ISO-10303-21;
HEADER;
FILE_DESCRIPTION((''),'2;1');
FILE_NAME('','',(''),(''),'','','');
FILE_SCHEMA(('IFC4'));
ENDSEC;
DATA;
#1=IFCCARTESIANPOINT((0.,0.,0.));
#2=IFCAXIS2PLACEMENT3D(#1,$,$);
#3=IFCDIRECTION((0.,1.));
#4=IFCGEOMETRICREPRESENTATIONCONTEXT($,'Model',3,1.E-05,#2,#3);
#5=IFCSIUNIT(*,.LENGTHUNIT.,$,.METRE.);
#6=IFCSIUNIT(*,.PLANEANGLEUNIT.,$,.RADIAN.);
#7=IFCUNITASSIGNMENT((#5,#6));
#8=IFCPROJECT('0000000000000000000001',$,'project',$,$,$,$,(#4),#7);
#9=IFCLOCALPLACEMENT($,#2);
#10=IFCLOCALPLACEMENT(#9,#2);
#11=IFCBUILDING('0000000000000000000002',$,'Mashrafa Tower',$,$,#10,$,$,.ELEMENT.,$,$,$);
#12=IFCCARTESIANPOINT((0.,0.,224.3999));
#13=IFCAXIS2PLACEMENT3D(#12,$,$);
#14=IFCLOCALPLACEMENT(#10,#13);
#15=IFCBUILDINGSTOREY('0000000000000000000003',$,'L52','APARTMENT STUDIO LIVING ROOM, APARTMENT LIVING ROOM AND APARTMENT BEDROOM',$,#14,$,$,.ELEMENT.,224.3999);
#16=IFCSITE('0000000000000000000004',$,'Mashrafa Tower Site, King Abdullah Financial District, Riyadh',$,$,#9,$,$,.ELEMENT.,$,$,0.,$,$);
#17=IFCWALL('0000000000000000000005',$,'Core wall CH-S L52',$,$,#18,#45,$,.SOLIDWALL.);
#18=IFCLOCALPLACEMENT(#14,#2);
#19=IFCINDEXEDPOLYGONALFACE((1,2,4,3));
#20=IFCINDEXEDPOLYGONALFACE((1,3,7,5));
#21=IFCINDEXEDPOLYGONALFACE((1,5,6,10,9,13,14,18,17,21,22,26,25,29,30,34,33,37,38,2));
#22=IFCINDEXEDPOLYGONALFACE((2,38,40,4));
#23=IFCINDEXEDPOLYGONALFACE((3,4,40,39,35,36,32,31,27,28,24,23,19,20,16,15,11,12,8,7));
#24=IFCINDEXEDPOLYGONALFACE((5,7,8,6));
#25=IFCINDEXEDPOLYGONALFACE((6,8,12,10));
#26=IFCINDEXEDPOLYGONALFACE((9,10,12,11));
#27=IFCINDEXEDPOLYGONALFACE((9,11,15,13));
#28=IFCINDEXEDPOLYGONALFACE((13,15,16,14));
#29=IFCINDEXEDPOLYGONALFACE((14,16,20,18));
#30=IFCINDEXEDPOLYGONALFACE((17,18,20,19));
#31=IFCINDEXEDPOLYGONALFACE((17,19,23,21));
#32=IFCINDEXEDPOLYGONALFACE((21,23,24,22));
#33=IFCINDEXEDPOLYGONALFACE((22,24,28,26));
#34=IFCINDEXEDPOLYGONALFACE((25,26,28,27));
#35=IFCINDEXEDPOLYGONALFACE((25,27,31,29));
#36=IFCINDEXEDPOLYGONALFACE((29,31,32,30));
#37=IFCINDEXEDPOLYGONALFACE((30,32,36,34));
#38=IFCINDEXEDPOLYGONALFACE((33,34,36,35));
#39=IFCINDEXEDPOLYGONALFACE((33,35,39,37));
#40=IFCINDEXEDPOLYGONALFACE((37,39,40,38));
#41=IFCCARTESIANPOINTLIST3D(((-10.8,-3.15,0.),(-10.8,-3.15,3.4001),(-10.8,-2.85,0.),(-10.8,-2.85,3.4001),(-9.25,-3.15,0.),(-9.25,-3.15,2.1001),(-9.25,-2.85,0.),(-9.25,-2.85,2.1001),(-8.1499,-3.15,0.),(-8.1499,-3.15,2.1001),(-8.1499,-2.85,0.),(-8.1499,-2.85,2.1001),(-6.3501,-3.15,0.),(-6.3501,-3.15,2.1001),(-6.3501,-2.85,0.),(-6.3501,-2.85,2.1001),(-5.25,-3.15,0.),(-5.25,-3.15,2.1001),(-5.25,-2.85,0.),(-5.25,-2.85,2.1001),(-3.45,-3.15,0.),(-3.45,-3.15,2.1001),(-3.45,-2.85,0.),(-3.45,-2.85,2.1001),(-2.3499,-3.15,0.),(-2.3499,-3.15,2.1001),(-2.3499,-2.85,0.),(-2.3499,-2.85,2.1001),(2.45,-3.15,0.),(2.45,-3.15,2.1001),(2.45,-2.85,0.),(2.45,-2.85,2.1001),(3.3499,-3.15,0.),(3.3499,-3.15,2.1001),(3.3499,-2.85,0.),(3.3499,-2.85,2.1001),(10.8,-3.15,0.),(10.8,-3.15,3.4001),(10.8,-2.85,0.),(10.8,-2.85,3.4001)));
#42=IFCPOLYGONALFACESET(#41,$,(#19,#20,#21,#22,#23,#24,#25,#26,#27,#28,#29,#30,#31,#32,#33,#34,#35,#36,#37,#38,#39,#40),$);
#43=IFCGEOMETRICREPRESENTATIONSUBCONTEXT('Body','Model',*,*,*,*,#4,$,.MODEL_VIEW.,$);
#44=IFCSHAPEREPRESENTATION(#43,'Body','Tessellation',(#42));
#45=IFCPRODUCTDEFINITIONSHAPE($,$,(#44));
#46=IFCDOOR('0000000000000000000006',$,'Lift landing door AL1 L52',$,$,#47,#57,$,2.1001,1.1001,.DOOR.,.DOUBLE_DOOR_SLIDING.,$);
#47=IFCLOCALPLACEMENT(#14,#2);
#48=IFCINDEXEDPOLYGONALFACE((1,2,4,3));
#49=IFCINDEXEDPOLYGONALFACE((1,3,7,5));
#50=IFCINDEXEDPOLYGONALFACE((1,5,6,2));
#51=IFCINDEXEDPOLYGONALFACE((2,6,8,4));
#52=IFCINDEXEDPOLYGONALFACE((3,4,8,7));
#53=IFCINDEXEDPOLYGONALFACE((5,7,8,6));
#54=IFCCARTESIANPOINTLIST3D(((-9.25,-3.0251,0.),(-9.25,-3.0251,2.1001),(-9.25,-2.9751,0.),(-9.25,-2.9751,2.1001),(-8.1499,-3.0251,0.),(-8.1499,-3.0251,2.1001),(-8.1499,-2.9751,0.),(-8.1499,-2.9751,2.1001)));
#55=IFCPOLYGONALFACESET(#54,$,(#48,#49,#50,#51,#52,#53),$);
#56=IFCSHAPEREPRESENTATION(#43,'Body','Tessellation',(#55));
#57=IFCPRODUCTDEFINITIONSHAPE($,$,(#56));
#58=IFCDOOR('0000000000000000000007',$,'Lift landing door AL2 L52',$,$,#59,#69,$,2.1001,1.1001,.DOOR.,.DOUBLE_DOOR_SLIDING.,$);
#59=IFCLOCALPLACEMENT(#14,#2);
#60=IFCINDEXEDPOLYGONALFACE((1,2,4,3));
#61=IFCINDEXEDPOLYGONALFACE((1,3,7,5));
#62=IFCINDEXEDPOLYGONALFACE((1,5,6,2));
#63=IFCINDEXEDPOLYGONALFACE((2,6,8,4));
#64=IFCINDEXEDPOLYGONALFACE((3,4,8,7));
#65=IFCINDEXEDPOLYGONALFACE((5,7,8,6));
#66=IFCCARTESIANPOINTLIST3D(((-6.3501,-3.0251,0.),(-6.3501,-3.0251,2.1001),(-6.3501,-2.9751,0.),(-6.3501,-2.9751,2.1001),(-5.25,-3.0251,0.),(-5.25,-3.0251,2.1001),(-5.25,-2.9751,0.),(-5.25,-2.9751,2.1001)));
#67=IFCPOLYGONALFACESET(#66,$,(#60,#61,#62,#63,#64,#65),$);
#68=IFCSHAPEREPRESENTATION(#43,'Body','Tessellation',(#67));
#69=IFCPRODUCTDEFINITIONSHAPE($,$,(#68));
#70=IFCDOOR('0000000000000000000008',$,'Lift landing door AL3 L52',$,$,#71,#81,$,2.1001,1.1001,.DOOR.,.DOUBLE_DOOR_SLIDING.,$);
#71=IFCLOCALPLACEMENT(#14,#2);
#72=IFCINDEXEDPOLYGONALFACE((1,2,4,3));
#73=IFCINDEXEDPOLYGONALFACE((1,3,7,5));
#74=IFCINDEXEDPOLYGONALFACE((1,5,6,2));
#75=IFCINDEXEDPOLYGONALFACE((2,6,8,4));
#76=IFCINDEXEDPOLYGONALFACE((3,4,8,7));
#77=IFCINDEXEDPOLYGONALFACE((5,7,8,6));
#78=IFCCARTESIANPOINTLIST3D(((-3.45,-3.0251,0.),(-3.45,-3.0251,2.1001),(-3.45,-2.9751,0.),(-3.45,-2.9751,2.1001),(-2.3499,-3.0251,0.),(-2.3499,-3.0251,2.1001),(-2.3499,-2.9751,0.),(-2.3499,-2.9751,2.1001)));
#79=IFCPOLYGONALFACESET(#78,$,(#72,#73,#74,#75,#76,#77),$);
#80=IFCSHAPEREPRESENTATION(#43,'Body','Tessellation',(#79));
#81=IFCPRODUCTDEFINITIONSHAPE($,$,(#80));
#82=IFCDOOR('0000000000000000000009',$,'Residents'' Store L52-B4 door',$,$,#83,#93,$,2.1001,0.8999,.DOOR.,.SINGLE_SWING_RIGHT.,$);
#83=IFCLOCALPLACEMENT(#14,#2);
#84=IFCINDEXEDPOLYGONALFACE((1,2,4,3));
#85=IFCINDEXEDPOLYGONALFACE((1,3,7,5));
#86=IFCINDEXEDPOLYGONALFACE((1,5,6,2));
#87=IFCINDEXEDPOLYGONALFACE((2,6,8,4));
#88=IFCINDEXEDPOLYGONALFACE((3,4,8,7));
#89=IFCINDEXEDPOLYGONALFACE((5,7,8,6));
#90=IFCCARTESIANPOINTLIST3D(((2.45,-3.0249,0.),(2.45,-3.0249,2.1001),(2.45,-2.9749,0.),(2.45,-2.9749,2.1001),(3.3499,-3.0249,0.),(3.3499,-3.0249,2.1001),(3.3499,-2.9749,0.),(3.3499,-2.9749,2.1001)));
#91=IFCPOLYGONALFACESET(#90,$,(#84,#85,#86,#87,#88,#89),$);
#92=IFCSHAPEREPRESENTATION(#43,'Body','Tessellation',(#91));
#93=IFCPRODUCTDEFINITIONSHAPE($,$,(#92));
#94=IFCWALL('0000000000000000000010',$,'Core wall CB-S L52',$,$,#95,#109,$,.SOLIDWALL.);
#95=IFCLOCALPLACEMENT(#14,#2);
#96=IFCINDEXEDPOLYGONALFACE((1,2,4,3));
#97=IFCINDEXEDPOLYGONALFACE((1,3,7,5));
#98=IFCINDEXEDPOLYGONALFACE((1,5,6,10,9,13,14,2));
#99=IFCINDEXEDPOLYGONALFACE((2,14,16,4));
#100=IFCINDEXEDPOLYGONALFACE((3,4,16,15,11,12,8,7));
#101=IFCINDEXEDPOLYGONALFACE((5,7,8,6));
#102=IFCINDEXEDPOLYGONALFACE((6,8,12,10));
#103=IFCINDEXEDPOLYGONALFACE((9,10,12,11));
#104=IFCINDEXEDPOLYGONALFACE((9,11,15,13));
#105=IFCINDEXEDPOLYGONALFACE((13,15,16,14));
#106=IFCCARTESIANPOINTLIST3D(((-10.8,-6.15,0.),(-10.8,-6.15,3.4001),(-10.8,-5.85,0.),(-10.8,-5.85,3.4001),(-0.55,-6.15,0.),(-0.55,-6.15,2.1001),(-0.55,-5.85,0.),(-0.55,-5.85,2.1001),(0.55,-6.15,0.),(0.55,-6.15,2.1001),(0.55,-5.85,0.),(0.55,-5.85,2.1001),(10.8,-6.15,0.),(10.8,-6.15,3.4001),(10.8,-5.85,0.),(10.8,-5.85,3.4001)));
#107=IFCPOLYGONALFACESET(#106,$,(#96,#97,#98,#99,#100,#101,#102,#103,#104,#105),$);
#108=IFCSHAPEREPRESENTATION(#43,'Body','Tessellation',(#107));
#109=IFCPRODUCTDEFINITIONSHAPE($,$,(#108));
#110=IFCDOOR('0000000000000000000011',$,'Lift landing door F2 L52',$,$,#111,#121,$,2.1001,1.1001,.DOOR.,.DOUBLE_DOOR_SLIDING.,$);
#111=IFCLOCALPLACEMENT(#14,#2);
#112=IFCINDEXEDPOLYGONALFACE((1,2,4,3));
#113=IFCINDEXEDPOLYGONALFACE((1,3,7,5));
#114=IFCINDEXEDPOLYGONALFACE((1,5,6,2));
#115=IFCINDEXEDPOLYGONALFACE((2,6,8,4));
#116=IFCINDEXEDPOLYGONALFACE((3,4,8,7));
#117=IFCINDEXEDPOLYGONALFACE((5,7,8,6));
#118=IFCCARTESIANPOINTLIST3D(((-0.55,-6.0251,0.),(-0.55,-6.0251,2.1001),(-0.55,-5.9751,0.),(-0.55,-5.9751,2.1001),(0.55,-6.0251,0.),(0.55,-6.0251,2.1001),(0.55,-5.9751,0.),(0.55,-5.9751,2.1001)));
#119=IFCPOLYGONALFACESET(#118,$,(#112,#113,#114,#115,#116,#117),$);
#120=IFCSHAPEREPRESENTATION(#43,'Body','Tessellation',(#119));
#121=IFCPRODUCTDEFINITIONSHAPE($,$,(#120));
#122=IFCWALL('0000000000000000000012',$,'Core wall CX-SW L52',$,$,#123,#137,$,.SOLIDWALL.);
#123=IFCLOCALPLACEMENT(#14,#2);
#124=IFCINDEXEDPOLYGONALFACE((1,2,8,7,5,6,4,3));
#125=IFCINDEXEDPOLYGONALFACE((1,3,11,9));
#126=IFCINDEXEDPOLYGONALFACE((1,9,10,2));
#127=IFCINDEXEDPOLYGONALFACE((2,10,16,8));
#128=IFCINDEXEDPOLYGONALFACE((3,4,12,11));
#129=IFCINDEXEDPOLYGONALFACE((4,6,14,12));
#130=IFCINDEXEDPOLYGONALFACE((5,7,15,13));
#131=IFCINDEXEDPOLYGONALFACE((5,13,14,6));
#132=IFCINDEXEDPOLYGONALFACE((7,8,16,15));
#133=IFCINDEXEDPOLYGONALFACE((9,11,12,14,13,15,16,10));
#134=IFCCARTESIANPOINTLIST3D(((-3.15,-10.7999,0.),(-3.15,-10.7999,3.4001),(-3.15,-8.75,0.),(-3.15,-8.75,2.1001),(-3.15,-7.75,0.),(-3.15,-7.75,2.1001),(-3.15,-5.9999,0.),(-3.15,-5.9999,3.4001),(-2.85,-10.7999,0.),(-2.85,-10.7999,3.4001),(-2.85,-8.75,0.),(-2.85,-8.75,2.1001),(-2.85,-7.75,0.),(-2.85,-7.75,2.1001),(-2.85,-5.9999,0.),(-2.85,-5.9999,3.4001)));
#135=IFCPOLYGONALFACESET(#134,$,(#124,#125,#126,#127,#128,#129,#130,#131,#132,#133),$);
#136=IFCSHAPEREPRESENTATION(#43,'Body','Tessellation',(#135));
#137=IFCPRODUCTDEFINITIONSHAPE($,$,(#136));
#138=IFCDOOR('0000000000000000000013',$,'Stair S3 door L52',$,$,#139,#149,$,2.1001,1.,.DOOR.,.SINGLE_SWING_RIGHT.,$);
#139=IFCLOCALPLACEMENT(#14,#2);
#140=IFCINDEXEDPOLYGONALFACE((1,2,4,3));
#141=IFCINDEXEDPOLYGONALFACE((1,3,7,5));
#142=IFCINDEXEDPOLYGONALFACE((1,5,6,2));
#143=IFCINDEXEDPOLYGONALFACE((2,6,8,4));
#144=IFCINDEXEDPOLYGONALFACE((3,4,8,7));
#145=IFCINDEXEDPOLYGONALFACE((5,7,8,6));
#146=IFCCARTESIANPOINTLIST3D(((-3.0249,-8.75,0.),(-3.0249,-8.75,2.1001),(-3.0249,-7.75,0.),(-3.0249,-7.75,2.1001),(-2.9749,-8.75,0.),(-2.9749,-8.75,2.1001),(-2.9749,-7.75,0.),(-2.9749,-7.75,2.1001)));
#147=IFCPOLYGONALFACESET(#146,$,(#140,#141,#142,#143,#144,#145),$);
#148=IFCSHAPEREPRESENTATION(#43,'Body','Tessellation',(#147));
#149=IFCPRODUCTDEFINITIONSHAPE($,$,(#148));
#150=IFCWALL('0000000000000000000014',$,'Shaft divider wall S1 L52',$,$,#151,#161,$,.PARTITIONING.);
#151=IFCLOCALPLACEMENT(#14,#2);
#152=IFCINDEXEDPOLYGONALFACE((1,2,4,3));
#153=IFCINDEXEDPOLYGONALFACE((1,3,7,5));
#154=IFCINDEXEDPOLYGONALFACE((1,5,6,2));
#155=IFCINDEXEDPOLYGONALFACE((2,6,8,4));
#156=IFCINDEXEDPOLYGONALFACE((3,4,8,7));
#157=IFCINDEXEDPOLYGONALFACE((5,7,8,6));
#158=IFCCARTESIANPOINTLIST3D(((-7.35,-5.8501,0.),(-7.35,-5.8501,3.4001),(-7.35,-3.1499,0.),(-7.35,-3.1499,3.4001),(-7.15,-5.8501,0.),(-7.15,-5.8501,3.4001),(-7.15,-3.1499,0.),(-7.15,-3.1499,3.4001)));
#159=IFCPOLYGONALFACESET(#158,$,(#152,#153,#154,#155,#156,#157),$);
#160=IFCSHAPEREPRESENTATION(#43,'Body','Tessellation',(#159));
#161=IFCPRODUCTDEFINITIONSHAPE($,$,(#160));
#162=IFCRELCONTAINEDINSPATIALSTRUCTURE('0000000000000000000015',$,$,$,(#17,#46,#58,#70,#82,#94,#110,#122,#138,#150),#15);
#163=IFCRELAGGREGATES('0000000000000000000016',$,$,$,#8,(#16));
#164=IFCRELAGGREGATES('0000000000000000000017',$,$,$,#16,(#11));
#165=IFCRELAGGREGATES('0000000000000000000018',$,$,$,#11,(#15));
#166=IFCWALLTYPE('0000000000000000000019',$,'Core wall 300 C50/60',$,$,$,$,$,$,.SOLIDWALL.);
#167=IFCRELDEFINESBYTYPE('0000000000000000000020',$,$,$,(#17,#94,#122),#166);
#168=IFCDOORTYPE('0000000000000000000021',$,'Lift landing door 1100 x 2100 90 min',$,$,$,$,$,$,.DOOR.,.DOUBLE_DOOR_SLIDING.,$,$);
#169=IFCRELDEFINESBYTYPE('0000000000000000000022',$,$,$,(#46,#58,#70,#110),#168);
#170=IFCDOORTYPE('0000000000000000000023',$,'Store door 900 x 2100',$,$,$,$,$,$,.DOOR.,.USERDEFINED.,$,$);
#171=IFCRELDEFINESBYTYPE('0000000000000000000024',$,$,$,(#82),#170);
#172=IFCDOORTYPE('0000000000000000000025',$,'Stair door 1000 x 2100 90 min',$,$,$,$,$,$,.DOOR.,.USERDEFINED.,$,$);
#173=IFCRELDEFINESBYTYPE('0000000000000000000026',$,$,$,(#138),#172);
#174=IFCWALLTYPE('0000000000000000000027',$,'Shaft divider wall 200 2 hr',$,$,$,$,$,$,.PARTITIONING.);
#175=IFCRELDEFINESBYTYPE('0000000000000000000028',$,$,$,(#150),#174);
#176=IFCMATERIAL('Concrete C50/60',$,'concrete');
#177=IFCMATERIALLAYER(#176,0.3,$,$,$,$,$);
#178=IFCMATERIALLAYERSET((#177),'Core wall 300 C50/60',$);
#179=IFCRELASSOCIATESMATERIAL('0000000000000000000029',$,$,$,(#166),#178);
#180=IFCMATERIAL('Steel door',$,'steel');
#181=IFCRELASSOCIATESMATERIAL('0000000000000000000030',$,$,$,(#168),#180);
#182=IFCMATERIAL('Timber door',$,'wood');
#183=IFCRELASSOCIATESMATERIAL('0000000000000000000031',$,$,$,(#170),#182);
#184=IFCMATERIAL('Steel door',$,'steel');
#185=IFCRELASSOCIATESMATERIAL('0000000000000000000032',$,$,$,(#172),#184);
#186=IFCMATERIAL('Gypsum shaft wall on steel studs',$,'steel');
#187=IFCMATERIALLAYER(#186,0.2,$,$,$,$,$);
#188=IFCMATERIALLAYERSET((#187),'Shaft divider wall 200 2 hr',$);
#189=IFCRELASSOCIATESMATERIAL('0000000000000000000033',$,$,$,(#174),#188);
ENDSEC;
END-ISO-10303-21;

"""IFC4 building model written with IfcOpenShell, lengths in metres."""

from ifc_helpers import new_model, si_unit, direction, frame, frame_2d, origin, place, context, subcontext, project, spatial, rectangle, extrude, material, layer, layer_set, type_object, element, fill, save


model = new_model("IFC4")

# Units and contexts
model_context = context("Model", 3, precision=1e-05, world=origin(), true_north=direction((0.0, 1.0)))
body_context = subcontext(model_context, "Body", "Model", "MODEL_VIEW")
ifc_project = project(units=[si_unit("LENGTHUNIT", "METRE"), si_unit("PLANEANGLEUNIT", "RADIAN")], contexts=[model_context])

# Site, building, storey
site_placement = place(None, origin())
site = spatial("IfcSite", under=ifc_project, at=site_placement, Name="Mashrafa Tower Site, King Abdullah Financial District, Riyadh", CompositionType="ELEMENT", RefElevation=0.0)
building_placement = place(site_placement, origin())
building = spatial("IfcBuilding", under=site, at=building_placement, Name="Mashrafa Tower", CompositionType="ELEMENT")
storey_placement = place(building_placement, frame((0.0, 0.0, 224.3999)))
storey = spatial("IfcBuildingStorey", under=building, at=storey_placement, Name="L52", Description="APARTMENT STUDIO LIVING ROOM, APARTMENT LIVING ROOM AND APARTMENT BEDROOM", CompositionType="ELEMENT", Elevation=224.3999)

# Wall, openings, doors
ifc_material_1 = material(Name="Concrete C50/60", Category="concrete")
ifc_layer_1 = layer(ifc_material_1, 0.3)
ifc_layer_set_1 = layer_set([ifc_layer_1], Name="Core wall 300 C50/60")
wall_type_1 = type_object("IfcWallType", Name="Core wall 300 C50/60", PredefinedType="SOLIDWALL", material=ifc_layer_set_1)
wall_1_placement = place(storey_placement, frame((-10.8, -3.0, 0.0), z_axis=(0.0, 0.0, 1.0), x_axis=(1.0, 0.0, 0.0)))
wall_1 = element("IfcWall", 1, at=wall_1_placement, inside=storey, type_object=wall_type_1, Name="Core wall CH-S L52", PredefinedType="SOLIDWALL", context=body_context, shape_type="SweptSolid", body=[
    extrude(rectangle(XDim=21.6001, YDim=0.3, at=frame_2d((10.8, 0.0))), origin(), (0.0, 0.0, 1.0), 3.4001),
])
opening_1_placement = place(wall_1_placement, frame((13.25, 0.0, 0.0)))
opening_1 = element("IfcOpeningElement", 2, at=opening_1_placement, cuts=wall_1, PredefinedType="OPENING", context=body_context, shape_type="SweptSolid", body=[
    extrude(rectangle(XDim=0.8999, YDim=2.1001, at=frame_2d((0.45, 1.05))), frame((0.0, 0.1599, 0.0), z_axis=(0.0, -1.0, 0.0), x_axis=(1.0, 0.0, 0.0)), (0.0, 0.0, 1.0), 0.3201),
])
opening_2_placement = place(wall_1_placement, frame((1.55, 0.0, 0.0)))
opening_2 = element("IfcOpeningElement", 3, at=opening_2_placement, cuts=wall_1, PredefinedType="OPENING", context=body_context, shape_type="SweptSolid", body=[
    extrude(rectangle(XDim=1.1001, YDim=2.1001, at=frame_2d((0.55, 1.05))), frame((0.0, 0.1599, 0.0), z_axis=(0.0, -1.0, 0.0), x_axis=(1.0, 0.0, 0.0)), (0.0, 0.0, 1.0), 0.3201),
])
opening_3_placement = place(wall_1_placement, frame((4.45, 0.0, 0.0)))
opening_3 = element("IfcOpeningElement", 4, at=opening_3_placement, cuts=wall_1, PredefinedType="OPENING", context=body_context, shape_type="SweptSolid", body=[
    extrude(rectangle(XDim=1.1001, YDim=2.1001, at=frame_2d((0.55, 1.05))), frame((0.0, 0.1599, 0.0), z_axis=(0.0, -1.0, 0.0), x_axis=(1.0, 0.0, 0.0)), (0.0, 0.0, 1.0), 0.3201),
])
opening_4_placement = place(wall_1_placement, frame((7.3501, 0.0, 0.0)))
opening_4 = element("IfcOpeningElement", 5, at=opening_4_placement, cuts=wall_1, PredefinedType="OPENING", context=body_context, shape_type="SweptSolid", body=[
    extrude(rectangle(XDim=1.1001, YDim=2.1001, at=frame_2d((0.55, 1.05))), frame((0.0, 0.1599, 0.0), z_axis=(0.0, -1.0, 0.0), x_axis=(1.0, 0.0, 0.0)), (0.0, 0.0, 1.0), 0.3201),
])
ifc_material_2 = material(Name="Steel door", Category="steel")
door_type_1 = type_object("IfcDoorType", Name="Lift landing door 1100 x 2100 90 min", OperationType="DOUBLE_DOOR_SLIDING", PredefinedType="DOOR", material=ifc_material_2)
door_1_placement = place(opening_2_placement, origin())
door_1 = element("IfcDoor", 6, at=door_1_placement, inside=storey, type_object=door_type_1, Name="Lift landing door AL1 L52", OperationType="DOUBLE_DOOR_SLIDING", OverallHeight=2.1001, OverallWidth=1.1001, PredefinedType="DOOR", context=body_context, shape_type="SweptSolid", body=[
    extrude(rectangle(XDim=1.1001, YDim=2.1001, at=frame_2d((0.55, 1.05))), frame((0.0, 0.0249, 0.0), z_axis=(0.0, -1.0, 0.0), x_axis=(1.0, 0.0, 0.0)), (0.0, 0.0, 1.0), 0.05),
])
fill(opening_2, door_1)
door_2_placement = place(opening_3_placement, origin())
door_2 = element("IfcDoor", 7, at=door_2_placement, inside=storey, type_object=door_type_1, Name="Lift landing door AL2 L52", OperationType="DOUBLE_DOOR_SLIDING", OverallHeight=2.1001, OverallWidth=1.1001, PredefinedType="DOOR", context=body_context, shape_type="SweptSolid", body=[
    extrude(rectangle(XDim=1.1001, YDim=2.1001, at=frame_2d((0.55, 1.05))), frame((0.0, 0.0249, 0.0), z_axis=(0.0, -1.0, 0.0), x_axis=(1.0, 0.0, 0.0)), (0.0, 0.0, 1.0), 0.05),
])
fill(opening_3, door_2)
door_3_placement = place(opening_4_placement, origin())
door_3 = element("IfcDoor", 8, at=door_3_placement, inside=storey, type_object=door_type_1, Name="Lift landing door AL3 L52", OperationType="DOUBLE_DOOR_SLIDING", OverallHeight=2.1001, OverallWidth=1.1001, PredefinedType="DOOR", context=body_context, shape_type="SweptSolid", body=[
    extrude(rectangle(XDim=1.1001, YDim=2.1001, at=frame_2d((0.55, 1.05))), frame((0.0, 0.0249, 0.0), z_axis=(0.0, -1.0, 0.0), x_axis=(1.0, 0.0, 0.0)), (0.0, 0.0, 1.0), 0.05),
])
fill(opening_4, door_3)
ifc_material_3 = material(Name="Timber door", Category="wood")
door_type_2 = type_object("IfcDoorType", Name="Store door 900 x 2100", OperationType="USERDEFINED", PredefinedType="DOOR", material=ifc_material_3)
door_4_placement = place(opening_1_placement, frame((0.8999, 0.0, 0.0), z_axis=(0.0, 0.0, 1.0), x_axis=(-1.0, 0.0, 0.0)))
door_4 = element("IfcDoor", 9, at=door_4_placement, inside=storey, type_object=door_type_2, Name="Residents' Store L52-B4 door", OperationType="SINGLE_SWING_RIGHT", OverallHeight=2.1001, OverallWidth=0.8999, PredefinedType="DOOR", context=body_context, shape_type="SweptSolid", body=[
    extrude(rectangle(XDim=0.8999, YDim=2.1001, at=frame_2d((0.45, 1.05))), frame((0.0, 0.0249, 0.0), z_axis=(0.0, -1.0, 0.0), x_axis=(1.0, 0.0, 0.0)), (0.0, 0.0, 1.0), 0.05),
])
fill(opening_1, door_4)

# Walls, openings, doors
wall_2_placement = place(storey_placement, frame((-10.8, -6.0, 0.0), z_axis=(0.0, 0.0, 1.0), x_axis=(1.0, 0.0, 0.0)))
wall_2 = element("IfcWall", 10, at=wall_2_placement, inside=storey, type_object=wall_type_1, Name="Core wall CB-S L52", PredefinedType="SOLIDWALL", context=body_context, shape_type="SweptSolid", body=[
    extrude(rectangle(XDim=21.6001, YDim=0.3, at=frame_2d((10.8, 0.0))), origin(), (0.0, 0.0, 1.0), 3.4001),
])
opening_5_placement = place(wall_2_placement, frame((10.25, 0.0, 0.0)))
opening_5 = element("IfcOpeningElement", 11, at=opening_5_placement, cuts=wall_2, PredefinedType="OPENING", context=body_context, shape_type="SweptSolid", body=[
    extrude(rectangle(XDim=1.1001, YDim=2.1001, at=frame_2d((0.55, 1.05))), frame((0.0, 0.1599, 0.0), z_axis=(0.0, -1.0, 0.0), x_axis=(1.0, 0.0, 0.0)), (0.0, 0.0, 1.0), 0.3201),
])
door_5_placement = place(opening_5_placement, origin())
door_5 = element("IfcDoor", 12, at=door_5_placement, inside=storey, type_object=door_type_1, Name="Lift landing door F2 L52", OperationType="DOUBLE_DOOR_SLIDING", OverallHeight=2.1001, OverallWidth=1.1001, PredefinedType="DOOR", context=body_context, shape_type="SweptSolid", body=[
    extrude(rectangle(XDim=1.1001, YDim=2.1001, at=frame_2d((0.55, 1.05))), frame((0.0, 0.0249, 0.0), z_axis=(0.0, -1.0, 0.0), x_axis=(1.0, 0.0, 0.0)), (0.0, 0.0, 1.0), 0.05),
])
fill(opening_5, door_5)
wall_3_placement = place(storey_placement, frame((-3.0, -6.0, 0.0), z_axis=(0.0, 0.0, 1.0), x_axis=(0.0, -1.0, 0.0)))
wall_3 = element("IfcWall", 13, at=wall_3_placement, inside=storey, type_object=wall_type_1, Name="Core wall CX-SW L52", PredefinedType="SOLIDWALL", context=body_context, shape_type="SweptSolid", body=[
    extrude(rectangle(XDim=4.8, YDim=0.3, at=frame_2d((2.3999, 0.0))), origin(), (0.0, 0.0, 1.0), 3.4001),
])
opening_6_placement = place(wall_3_placement, frame((1.75, 0.0, 0.0)))
opening_6 = element("IfcOpeningElement", 14, at=opening_6_placement, cuts=wall_3, PredefinedType="OPENING", context=body_context, shape_type="SweptSolid", body=[
    extrude(rectangle(XDim=1.0, YDim=2.1001, at=frame_2d((0.5, 1.05))), frame((0.0, 0.1599, 0.0), z_axis=(0.0, -1.0, 0.0), x_axis=(1.0, 0.0, 0.0)), (0.0, 0.0, 1.0), 0.3201),
])
ifc_material_4 = material(Name="Steel door", Category="steel")
door_type_3 = type_object("IfcDoorType", Name="Stair door 1000 x 2100 90 min", OperationType="USERDEFINED", PredefinedType="DOOR", material=ifc_material_4)
door_6_placement = place(opening_6_placement, frame((1.0, 0.0, 0.0), z_axis=(0.0, 0.0, 1.0), x_axis=(-1.0, 0.0, 0.0)))
door_6 = element("IfcDoor", 15, at=door_6_placement, inside=storey, type_object=door_type_3, Name="Stair S3 door L52", OperationType="SINGLE_SWING_RIGHT", OverallHeight=2.1001, OverallWidth=1.0, PredefinedType="DOOR", context=body_context, shape_type="SweptSolid", body=[
    extrude(rectangle(XDim=1.0, YDim=2.1001, at=frame_2d((0.5, 1.05))), frame((0.0, 0.0249, 0.0), z_axis=(0.0, -1.0, 0.0), x_axis=(1.0, 0.0, 0.0)), (0.0, 0.0, 1.0), 0.05),
])
fill(opening_6, door_6)

# Wall
ifc_material_5 = material(Name="Gypsum shaft wall on steel studs", Category="steel")
ifc_layer_2 = layer(ifc_material_5, 0.2)
ifc_layer_set_2 = layer_set([ifc_layer_2], Name="Shaft divider wall 200 2 hr")
wall_type_2 = type_object("IfcWallType", Name="Shaft divider wall 200 2 hr", PredefinedType="PARTITIONING", material=ifc_layer_set_2)
for number, where, z_axis, x_axis, name in (
    (16, (-7.25, -5.8501, 0.0), (0.0, 0.0, 1.0), (0.0, 1.0, 0.0), "Shaft divider wall S1 L52"),
):
    element("IfcWall", number, at=place(storey_placement, frame(where, z_axis=z_axis, x_axis=x_axis)), inside=storey, type_object=wall_type_2, Name=name, PredefinedType="PARTITIONING", context=body_context, shape_type="SweptSolid", body=[
        extrude(rectangle(XDim=2.7002, YDim=0.2, at=frame_2d((1.3501, 0.0))), origin(), (0.0, 0.0, 1.0), 3.4001),
    ])

save(model, "model.ifc")
